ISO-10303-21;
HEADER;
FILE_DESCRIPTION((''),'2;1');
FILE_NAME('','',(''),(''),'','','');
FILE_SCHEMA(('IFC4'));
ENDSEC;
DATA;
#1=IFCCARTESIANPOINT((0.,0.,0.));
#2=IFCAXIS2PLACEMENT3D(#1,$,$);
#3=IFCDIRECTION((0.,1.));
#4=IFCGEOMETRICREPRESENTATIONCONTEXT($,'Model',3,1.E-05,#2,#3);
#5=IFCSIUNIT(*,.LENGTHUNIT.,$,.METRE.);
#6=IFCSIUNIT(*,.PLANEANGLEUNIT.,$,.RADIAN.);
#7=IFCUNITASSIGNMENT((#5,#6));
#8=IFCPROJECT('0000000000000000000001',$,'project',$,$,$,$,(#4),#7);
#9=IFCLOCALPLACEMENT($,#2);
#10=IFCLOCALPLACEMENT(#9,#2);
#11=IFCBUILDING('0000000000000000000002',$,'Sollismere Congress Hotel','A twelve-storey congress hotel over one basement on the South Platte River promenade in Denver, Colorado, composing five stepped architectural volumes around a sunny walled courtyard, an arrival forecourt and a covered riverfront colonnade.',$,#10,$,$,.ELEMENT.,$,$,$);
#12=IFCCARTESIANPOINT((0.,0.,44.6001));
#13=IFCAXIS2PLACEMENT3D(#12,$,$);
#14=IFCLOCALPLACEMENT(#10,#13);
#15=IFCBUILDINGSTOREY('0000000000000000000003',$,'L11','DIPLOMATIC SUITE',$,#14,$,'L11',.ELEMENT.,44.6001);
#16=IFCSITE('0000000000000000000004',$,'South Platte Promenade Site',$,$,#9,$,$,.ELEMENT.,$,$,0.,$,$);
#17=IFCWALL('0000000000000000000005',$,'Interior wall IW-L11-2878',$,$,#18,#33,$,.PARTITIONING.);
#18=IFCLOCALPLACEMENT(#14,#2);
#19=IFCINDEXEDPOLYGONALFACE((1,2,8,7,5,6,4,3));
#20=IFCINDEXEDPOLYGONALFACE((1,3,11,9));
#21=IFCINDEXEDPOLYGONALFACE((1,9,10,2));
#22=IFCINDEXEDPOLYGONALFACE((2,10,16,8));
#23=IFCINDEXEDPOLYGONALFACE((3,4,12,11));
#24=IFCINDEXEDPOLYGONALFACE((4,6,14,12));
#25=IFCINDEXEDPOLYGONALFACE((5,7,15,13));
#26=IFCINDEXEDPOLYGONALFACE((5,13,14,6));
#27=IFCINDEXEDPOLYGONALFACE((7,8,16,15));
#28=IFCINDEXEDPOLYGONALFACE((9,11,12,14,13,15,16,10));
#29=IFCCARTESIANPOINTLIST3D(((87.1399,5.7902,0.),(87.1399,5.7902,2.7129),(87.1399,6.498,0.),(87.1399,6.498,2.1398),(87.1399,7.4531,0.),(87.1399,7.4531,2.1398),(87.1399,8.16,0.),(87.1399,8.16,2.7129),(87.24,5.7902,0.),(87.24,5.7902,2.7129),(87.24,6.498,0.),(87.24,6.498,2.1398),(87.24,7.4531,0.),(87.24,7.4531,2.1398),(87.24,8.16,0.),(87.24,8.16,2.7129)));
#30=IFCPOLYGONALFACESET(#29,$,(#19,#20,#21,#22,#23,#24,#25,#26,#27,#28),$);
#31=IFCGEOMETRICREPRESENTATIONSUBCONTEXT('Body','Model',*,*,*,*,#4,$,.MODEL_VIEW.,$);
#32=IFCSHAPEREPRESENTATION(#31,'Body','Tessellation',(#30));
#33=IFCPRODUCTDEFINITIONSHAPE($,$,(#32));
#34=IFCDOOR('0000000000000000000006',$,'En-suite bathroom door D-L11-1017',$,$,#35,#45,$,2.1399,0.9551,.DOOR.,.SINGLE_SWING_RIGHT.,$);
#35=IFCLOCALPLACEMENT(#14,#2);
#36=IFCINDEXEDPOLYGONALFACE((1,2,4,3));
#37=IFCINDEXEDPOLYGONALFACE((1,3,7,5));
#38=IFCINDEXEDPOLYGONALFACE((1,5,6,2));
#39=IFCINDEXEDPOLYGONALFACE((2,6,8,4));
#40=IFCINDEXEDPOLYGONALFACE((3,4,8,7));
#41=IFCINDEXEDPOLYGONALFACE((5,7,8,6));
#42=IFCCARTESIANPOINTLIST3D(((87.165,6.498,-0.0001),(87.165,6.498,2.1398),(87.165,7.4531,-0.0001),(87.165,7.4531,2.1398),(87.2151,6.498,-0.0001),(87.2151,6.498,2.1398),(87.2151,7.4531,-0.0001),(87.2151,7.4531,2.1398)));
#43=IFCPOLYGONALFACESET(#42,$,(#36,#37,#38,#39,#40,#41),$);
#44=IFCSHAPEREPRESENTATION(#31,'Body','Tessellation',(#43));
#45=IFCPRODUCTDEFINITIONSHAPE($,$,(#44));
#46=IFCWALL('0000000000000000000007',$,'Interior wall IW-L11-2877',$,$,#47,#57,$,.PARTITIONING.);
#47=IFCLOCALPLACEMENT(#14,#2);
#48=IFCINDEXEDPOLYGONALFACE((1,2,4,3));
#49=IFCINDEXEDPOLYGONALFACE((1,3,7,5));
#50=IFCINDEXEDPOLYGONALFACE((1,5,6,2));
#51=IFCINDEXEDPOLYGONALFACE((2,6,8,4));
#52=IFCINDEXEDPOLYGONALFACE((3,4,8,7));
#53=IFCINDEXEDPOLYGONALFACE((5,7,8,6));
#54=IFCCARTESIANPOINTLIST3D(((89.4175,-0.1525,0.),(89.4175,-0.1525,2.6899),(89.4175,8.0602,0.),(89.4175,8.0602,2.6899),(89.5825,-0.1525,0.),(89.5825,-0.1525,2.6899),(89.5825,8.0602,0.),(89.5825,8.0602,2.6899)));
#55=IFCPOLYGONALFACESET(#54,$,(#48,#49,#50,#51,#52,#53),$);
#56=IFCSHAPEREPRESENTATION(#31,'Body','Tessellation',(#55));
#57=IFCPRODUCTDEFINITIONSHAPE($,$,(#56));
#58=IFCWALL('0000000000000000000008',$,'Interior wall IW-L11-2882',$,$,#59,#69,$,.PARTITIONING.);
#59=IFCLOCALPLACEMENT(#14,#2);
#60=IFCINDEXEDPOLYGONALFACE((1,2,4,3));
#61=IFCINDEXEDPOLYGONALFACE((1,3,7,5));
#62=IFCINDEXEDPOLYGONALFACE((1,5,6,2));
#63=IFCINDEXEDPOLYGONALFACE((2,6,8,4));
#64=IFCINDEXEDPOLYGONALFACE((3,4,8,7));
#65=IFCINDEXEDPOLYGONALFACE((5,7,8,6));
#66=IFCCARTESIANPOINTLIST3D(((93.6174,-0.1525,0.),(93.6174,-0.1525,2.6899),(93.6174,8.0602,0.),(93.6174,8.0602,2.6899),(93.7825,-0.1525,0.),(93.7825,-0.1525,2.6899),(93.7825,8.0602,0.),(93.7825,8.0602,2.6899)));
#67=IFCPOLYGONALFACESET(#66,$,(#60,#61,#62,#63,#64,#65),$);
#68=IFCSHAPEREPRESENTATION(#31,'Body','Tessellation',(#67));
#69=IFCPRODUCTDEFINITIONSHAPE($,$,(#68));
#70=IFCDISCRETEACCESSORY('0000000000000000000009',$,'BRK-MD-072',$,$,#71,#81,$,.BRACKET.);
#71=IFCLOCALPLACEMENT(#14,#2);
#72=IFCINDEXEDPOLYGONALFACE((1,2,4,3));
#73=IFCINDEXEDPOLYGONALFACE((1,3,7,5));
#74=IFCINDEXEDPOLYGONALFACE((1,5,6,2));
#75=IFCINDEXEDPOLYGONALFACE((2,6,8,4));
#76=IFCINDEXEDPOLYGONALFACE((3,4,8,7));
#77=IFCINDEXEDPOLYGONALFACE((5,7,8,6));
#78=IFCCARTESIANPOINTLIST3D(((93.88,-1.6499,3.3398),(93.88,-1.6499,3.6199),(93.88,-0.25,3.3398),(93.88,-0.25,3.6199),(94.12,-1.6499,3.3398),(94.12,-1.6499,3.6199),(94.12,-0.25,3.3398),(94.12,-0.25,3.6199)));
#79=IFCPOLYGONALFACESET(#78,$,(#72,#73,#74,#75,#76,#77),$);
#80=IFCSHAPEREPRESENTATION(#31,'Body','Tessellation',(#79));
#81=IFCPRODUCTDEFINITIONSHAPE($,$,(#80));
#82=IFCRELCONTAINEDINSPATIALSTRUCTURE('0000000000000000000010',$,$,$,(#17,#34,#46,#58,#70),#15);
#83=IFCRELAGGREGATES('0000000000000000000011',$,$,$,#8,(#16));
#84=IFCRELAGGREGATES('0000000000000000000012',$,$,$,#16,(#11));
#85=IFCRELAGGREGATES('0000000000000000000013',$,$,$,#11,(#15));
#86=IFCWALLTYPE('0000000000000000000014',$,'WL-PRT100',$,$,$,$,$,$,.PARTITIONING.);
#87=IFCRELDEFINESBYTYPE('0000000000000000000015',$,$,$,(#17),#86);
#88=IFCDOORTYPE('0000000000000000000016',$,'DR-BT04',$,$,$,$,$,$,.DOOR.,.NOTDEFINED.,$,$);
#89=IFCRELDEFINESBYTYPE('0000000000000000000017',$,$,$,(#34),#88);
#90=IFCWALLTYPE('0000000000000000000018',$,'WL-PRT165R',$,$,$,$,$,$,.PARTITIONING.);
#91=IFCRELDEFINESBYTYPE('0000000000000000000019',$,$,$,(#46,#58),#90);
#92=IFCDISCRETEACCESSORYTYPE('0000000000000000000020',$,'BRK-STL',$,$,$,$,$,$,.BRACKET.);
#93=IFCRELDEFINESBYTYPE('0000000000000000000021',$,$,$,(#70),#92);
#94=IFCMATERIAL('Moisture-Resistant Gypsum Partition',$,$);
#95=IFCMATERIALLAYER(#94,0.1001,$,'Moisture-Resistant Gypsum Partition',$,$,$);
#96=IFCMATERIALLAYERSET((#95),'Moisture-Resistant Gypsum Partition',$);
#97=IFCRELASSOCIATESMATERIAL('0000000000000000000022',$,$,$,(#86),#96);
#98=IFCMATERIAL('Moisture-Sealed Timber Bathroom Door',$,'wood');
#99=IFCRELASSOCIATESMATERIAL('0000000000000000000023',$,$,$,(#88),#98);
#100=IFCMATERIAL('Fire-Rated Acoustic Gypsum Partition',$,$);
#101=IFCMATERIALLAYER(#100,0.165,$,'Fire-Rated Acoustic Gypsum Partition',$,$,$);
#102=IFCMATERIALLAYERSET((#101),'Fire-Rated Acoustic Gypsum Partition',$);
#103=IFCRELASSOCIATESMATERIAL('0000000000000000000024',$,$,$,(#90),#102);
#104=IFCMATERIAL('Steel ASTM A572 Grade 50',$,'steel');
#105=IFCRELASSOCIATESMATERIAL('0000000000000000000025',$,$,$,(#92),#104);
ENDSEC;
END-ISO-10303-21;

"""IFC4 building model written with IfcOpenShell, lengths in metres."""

from ifc_helpers import new_model, si_unit, direction, frame, frame_2d, origin, origin_2d, place, context, subcontext, project, spatial, rectangle, extrude, material, layer, layer_set, type_object, element, fill, save


model = new_model("IFC4")

# Units and contexts
model_context = context("Model", 3, precision=1e-05, world=origin(), true_north=direction((0.0, 1.0)))
body_context = subcontext(model_context, "Body", "Model", "MODEL_VIEW")
ifc_project = project(units=[si_unit("LENGTHUNIT", "METRE"), si_unit("PLANEANGLEUNIT", "RADIAN")], contexts=[model_context])

# Site, building, storey
site_placement = place(None, origin())
site = spatial("IfcSite", under=ifc_project, at=site_placement, Name="South Platte Promenade Site", CompositionType="ELEMENT", RefElevation=0.0)
building_placement = place(site_placement, origin())
building = spatial("IfcBuilding", under=site, at=building_placement, Name="Sollismere Congress Hotel", Description="A twelve-storey congress hotel over one basement on the South Platte River promenade in Denver, Colorado, composing five stepped architectural volumes around a sunny walled courtyard, an arrival forecourt and a covered riverfront colonnade.", CompositionType="ELEMENT")
storey_placement = place(building_placement, frame((0.0, 0.0, 44.6001)))
storey = spatial("IfcBuildingStorey", under=building, at=storey_placement, Name="L11", Description="DIPLOMATIC SUITE", LongName="L11", CompositionType="ELEMENT", Elevation=44.6001)

# Wall, opening, door
ifc_material_1 = material(Name="Moisture-Resistant Gypsum Partition")
ifc_layer_1 = layer(ifc_material_1, 0.1001, Name="Moisture-Resistant Gypsum Partition")
ifc_layer_set_1 = layer_set([ifc_layer_1], Name="Moisture-Resistant Gypsum Partition")
wall_type_1 = type_object("IfcWallType", Name="WL-PRT100", PredefinedType="PARTITIONING", material=ifc_layer_set_1)
wall_1_placement = place(storey_placement, frame((87.1899, 5.79, 0.0), z_axis=(0.0, 0.0, 1.0), x_axis=(0.0, 1.0, 0.0)))
wall_1 = element("IfcWall", 1, at=wall_1_placement, inside=storey, type_object=wall_type_1, Name="Interior wall IW-L11-2878", PredefinedType="PARTITIONING", context=body_context, shape_type="SweptSolid", body=[
    extrude(rectangle(XDim=2.3699, YDim=0.1001, at=frame_2d((1.1851, 0.0))), origin(), (0.0, 0.0, 1.0), 2.7129),
])
opening_placement = place(wall_1_placement, frame((0.708, 0.0, 0.0)))
opening = element("IfcOpeningElement", 2, at=opening_placement, cuts=wall_1, PredefinedType="OPENING", context=body_context, shape_type="SweptSolid", body=[
    extrude(rectangle(XDim=0.9551, YDim=2.1399, at=frame_2d((0.4775, 1.0698))), frame((0.0, 0.0601, 0.0), z_axis=(0.0, -1.0, 0.0), x_axis=(1.0, 0.0, 0.0)), (0.0, 0.0, 1.0), 0.1201),
])
ifc_material_2 = material(Name="Moisture-Sealed Timber Bathroom Door", Category="wood")
door_type = type_object("IfcDoorType", Name="DR-BT04", OperationType="NOTDEFINED", PredefinedType="DOOR", material=ifc_material_2)
door_placement = place(opening_placement, origin())
door = element("IfcDoor", 3, at=door_placement, inside=storey, type_object=door_type, Name="En-suite bathroom door D-L11-1017", OperationType="SINGLE_SWING_RIGHT", OverallHeight=2.1399, OverallWidth=0.9551, PredefinedType="DOOR", context=body_context, shape_type="SweptSolid", body=[
    extrude(rectangle(XDim=0.9551, YDim=2.1399, at=frame_2d((0.4775, 1.0698))), frame((0.0, 0.0249, 0.0), z_axis=(0.0, -1.0, 0.0), x_axis=(1.0, 0.0, 0.0)), (0.0, 0.0, 1.0), 0.05),
])
fill(opening, door)

# Walls
ifc_material_3 = material(Name="Fire-Rated Acoustic Gypsum Partition")
ifc_layer_2 = layer(ifc_material_3, 0.165, Name="Fire-Rated Acoustic Gypsum Partition")
ifc_layer_set_2 = layer_set([ifc_layer_2], Name="Fire-Rated Acoustic Gypsum Partition")
wall_type_2 = type_object("IfcWallType", Name="WL-PRT165R", PredefinedType="PARTITIONING", material=ifc_layer_set_2)
for number, where, z_axis, x_axis, name in (
    (4, (89.5, -0.1526, 0.0), (0.0, 0.0, 1.0), (0.0, 1.0, 0.0), "Interior wall IW-L11-2877"),
    (5, (93.7, -0.1526, 0.0), (0.0, 0.0, 1.0), (0.0, 1.0, 0.0), "Interior wall IW-L11-2882"),
):
    element("IfcWall", number, at=place(storey_placement, frame(where, z_axis=z_axis, x_axis=x_axis)), inside=storey, type_object=wall_type_2, Name=name, PredefinedType="PARTITIONING", context=body_context, shape_type="SweptSolid", body=[
        extrude(rectangle(XDim=8.2126, YDim=0.165, at=frame_2d((4.1064, 0.0))), origin(), (0.0, 0.0, 1.0), 2.6899),
    ])

# Discrete accessory
ifc_material_4 = material(Name="Steel ASTM A572 Grade 50", Category="steel")
discrete_accessory_type = type_object("IfcDiscreteAccessoryType", Name="BRK-STL", PredefinedType="BRACKET", material=ifc_material_4)
discrete_accessory_placement = place(storey_placement, frame((94.0, -0.95, 3.3398), z_axis=(0.0, 0.0, 1.0), x_axis=(1.0, 0.0, 0.0)))
element("IfcDiscreteAccessory", 6, at=discrete_accessory_placement, inside=storey, type_object=discrete_accessory_type, Name="BRK-MD-072", PredefinedType="BRACKET", context=body_context, shape_type="SweptSolid", body=[
    extrude(rectangle(XDim=0.24, YDim=1.3999, at=origin_2d()), origin(), (0.0, 0.0, 1.0), 0.28),
])

save(model, "model.ifc")
